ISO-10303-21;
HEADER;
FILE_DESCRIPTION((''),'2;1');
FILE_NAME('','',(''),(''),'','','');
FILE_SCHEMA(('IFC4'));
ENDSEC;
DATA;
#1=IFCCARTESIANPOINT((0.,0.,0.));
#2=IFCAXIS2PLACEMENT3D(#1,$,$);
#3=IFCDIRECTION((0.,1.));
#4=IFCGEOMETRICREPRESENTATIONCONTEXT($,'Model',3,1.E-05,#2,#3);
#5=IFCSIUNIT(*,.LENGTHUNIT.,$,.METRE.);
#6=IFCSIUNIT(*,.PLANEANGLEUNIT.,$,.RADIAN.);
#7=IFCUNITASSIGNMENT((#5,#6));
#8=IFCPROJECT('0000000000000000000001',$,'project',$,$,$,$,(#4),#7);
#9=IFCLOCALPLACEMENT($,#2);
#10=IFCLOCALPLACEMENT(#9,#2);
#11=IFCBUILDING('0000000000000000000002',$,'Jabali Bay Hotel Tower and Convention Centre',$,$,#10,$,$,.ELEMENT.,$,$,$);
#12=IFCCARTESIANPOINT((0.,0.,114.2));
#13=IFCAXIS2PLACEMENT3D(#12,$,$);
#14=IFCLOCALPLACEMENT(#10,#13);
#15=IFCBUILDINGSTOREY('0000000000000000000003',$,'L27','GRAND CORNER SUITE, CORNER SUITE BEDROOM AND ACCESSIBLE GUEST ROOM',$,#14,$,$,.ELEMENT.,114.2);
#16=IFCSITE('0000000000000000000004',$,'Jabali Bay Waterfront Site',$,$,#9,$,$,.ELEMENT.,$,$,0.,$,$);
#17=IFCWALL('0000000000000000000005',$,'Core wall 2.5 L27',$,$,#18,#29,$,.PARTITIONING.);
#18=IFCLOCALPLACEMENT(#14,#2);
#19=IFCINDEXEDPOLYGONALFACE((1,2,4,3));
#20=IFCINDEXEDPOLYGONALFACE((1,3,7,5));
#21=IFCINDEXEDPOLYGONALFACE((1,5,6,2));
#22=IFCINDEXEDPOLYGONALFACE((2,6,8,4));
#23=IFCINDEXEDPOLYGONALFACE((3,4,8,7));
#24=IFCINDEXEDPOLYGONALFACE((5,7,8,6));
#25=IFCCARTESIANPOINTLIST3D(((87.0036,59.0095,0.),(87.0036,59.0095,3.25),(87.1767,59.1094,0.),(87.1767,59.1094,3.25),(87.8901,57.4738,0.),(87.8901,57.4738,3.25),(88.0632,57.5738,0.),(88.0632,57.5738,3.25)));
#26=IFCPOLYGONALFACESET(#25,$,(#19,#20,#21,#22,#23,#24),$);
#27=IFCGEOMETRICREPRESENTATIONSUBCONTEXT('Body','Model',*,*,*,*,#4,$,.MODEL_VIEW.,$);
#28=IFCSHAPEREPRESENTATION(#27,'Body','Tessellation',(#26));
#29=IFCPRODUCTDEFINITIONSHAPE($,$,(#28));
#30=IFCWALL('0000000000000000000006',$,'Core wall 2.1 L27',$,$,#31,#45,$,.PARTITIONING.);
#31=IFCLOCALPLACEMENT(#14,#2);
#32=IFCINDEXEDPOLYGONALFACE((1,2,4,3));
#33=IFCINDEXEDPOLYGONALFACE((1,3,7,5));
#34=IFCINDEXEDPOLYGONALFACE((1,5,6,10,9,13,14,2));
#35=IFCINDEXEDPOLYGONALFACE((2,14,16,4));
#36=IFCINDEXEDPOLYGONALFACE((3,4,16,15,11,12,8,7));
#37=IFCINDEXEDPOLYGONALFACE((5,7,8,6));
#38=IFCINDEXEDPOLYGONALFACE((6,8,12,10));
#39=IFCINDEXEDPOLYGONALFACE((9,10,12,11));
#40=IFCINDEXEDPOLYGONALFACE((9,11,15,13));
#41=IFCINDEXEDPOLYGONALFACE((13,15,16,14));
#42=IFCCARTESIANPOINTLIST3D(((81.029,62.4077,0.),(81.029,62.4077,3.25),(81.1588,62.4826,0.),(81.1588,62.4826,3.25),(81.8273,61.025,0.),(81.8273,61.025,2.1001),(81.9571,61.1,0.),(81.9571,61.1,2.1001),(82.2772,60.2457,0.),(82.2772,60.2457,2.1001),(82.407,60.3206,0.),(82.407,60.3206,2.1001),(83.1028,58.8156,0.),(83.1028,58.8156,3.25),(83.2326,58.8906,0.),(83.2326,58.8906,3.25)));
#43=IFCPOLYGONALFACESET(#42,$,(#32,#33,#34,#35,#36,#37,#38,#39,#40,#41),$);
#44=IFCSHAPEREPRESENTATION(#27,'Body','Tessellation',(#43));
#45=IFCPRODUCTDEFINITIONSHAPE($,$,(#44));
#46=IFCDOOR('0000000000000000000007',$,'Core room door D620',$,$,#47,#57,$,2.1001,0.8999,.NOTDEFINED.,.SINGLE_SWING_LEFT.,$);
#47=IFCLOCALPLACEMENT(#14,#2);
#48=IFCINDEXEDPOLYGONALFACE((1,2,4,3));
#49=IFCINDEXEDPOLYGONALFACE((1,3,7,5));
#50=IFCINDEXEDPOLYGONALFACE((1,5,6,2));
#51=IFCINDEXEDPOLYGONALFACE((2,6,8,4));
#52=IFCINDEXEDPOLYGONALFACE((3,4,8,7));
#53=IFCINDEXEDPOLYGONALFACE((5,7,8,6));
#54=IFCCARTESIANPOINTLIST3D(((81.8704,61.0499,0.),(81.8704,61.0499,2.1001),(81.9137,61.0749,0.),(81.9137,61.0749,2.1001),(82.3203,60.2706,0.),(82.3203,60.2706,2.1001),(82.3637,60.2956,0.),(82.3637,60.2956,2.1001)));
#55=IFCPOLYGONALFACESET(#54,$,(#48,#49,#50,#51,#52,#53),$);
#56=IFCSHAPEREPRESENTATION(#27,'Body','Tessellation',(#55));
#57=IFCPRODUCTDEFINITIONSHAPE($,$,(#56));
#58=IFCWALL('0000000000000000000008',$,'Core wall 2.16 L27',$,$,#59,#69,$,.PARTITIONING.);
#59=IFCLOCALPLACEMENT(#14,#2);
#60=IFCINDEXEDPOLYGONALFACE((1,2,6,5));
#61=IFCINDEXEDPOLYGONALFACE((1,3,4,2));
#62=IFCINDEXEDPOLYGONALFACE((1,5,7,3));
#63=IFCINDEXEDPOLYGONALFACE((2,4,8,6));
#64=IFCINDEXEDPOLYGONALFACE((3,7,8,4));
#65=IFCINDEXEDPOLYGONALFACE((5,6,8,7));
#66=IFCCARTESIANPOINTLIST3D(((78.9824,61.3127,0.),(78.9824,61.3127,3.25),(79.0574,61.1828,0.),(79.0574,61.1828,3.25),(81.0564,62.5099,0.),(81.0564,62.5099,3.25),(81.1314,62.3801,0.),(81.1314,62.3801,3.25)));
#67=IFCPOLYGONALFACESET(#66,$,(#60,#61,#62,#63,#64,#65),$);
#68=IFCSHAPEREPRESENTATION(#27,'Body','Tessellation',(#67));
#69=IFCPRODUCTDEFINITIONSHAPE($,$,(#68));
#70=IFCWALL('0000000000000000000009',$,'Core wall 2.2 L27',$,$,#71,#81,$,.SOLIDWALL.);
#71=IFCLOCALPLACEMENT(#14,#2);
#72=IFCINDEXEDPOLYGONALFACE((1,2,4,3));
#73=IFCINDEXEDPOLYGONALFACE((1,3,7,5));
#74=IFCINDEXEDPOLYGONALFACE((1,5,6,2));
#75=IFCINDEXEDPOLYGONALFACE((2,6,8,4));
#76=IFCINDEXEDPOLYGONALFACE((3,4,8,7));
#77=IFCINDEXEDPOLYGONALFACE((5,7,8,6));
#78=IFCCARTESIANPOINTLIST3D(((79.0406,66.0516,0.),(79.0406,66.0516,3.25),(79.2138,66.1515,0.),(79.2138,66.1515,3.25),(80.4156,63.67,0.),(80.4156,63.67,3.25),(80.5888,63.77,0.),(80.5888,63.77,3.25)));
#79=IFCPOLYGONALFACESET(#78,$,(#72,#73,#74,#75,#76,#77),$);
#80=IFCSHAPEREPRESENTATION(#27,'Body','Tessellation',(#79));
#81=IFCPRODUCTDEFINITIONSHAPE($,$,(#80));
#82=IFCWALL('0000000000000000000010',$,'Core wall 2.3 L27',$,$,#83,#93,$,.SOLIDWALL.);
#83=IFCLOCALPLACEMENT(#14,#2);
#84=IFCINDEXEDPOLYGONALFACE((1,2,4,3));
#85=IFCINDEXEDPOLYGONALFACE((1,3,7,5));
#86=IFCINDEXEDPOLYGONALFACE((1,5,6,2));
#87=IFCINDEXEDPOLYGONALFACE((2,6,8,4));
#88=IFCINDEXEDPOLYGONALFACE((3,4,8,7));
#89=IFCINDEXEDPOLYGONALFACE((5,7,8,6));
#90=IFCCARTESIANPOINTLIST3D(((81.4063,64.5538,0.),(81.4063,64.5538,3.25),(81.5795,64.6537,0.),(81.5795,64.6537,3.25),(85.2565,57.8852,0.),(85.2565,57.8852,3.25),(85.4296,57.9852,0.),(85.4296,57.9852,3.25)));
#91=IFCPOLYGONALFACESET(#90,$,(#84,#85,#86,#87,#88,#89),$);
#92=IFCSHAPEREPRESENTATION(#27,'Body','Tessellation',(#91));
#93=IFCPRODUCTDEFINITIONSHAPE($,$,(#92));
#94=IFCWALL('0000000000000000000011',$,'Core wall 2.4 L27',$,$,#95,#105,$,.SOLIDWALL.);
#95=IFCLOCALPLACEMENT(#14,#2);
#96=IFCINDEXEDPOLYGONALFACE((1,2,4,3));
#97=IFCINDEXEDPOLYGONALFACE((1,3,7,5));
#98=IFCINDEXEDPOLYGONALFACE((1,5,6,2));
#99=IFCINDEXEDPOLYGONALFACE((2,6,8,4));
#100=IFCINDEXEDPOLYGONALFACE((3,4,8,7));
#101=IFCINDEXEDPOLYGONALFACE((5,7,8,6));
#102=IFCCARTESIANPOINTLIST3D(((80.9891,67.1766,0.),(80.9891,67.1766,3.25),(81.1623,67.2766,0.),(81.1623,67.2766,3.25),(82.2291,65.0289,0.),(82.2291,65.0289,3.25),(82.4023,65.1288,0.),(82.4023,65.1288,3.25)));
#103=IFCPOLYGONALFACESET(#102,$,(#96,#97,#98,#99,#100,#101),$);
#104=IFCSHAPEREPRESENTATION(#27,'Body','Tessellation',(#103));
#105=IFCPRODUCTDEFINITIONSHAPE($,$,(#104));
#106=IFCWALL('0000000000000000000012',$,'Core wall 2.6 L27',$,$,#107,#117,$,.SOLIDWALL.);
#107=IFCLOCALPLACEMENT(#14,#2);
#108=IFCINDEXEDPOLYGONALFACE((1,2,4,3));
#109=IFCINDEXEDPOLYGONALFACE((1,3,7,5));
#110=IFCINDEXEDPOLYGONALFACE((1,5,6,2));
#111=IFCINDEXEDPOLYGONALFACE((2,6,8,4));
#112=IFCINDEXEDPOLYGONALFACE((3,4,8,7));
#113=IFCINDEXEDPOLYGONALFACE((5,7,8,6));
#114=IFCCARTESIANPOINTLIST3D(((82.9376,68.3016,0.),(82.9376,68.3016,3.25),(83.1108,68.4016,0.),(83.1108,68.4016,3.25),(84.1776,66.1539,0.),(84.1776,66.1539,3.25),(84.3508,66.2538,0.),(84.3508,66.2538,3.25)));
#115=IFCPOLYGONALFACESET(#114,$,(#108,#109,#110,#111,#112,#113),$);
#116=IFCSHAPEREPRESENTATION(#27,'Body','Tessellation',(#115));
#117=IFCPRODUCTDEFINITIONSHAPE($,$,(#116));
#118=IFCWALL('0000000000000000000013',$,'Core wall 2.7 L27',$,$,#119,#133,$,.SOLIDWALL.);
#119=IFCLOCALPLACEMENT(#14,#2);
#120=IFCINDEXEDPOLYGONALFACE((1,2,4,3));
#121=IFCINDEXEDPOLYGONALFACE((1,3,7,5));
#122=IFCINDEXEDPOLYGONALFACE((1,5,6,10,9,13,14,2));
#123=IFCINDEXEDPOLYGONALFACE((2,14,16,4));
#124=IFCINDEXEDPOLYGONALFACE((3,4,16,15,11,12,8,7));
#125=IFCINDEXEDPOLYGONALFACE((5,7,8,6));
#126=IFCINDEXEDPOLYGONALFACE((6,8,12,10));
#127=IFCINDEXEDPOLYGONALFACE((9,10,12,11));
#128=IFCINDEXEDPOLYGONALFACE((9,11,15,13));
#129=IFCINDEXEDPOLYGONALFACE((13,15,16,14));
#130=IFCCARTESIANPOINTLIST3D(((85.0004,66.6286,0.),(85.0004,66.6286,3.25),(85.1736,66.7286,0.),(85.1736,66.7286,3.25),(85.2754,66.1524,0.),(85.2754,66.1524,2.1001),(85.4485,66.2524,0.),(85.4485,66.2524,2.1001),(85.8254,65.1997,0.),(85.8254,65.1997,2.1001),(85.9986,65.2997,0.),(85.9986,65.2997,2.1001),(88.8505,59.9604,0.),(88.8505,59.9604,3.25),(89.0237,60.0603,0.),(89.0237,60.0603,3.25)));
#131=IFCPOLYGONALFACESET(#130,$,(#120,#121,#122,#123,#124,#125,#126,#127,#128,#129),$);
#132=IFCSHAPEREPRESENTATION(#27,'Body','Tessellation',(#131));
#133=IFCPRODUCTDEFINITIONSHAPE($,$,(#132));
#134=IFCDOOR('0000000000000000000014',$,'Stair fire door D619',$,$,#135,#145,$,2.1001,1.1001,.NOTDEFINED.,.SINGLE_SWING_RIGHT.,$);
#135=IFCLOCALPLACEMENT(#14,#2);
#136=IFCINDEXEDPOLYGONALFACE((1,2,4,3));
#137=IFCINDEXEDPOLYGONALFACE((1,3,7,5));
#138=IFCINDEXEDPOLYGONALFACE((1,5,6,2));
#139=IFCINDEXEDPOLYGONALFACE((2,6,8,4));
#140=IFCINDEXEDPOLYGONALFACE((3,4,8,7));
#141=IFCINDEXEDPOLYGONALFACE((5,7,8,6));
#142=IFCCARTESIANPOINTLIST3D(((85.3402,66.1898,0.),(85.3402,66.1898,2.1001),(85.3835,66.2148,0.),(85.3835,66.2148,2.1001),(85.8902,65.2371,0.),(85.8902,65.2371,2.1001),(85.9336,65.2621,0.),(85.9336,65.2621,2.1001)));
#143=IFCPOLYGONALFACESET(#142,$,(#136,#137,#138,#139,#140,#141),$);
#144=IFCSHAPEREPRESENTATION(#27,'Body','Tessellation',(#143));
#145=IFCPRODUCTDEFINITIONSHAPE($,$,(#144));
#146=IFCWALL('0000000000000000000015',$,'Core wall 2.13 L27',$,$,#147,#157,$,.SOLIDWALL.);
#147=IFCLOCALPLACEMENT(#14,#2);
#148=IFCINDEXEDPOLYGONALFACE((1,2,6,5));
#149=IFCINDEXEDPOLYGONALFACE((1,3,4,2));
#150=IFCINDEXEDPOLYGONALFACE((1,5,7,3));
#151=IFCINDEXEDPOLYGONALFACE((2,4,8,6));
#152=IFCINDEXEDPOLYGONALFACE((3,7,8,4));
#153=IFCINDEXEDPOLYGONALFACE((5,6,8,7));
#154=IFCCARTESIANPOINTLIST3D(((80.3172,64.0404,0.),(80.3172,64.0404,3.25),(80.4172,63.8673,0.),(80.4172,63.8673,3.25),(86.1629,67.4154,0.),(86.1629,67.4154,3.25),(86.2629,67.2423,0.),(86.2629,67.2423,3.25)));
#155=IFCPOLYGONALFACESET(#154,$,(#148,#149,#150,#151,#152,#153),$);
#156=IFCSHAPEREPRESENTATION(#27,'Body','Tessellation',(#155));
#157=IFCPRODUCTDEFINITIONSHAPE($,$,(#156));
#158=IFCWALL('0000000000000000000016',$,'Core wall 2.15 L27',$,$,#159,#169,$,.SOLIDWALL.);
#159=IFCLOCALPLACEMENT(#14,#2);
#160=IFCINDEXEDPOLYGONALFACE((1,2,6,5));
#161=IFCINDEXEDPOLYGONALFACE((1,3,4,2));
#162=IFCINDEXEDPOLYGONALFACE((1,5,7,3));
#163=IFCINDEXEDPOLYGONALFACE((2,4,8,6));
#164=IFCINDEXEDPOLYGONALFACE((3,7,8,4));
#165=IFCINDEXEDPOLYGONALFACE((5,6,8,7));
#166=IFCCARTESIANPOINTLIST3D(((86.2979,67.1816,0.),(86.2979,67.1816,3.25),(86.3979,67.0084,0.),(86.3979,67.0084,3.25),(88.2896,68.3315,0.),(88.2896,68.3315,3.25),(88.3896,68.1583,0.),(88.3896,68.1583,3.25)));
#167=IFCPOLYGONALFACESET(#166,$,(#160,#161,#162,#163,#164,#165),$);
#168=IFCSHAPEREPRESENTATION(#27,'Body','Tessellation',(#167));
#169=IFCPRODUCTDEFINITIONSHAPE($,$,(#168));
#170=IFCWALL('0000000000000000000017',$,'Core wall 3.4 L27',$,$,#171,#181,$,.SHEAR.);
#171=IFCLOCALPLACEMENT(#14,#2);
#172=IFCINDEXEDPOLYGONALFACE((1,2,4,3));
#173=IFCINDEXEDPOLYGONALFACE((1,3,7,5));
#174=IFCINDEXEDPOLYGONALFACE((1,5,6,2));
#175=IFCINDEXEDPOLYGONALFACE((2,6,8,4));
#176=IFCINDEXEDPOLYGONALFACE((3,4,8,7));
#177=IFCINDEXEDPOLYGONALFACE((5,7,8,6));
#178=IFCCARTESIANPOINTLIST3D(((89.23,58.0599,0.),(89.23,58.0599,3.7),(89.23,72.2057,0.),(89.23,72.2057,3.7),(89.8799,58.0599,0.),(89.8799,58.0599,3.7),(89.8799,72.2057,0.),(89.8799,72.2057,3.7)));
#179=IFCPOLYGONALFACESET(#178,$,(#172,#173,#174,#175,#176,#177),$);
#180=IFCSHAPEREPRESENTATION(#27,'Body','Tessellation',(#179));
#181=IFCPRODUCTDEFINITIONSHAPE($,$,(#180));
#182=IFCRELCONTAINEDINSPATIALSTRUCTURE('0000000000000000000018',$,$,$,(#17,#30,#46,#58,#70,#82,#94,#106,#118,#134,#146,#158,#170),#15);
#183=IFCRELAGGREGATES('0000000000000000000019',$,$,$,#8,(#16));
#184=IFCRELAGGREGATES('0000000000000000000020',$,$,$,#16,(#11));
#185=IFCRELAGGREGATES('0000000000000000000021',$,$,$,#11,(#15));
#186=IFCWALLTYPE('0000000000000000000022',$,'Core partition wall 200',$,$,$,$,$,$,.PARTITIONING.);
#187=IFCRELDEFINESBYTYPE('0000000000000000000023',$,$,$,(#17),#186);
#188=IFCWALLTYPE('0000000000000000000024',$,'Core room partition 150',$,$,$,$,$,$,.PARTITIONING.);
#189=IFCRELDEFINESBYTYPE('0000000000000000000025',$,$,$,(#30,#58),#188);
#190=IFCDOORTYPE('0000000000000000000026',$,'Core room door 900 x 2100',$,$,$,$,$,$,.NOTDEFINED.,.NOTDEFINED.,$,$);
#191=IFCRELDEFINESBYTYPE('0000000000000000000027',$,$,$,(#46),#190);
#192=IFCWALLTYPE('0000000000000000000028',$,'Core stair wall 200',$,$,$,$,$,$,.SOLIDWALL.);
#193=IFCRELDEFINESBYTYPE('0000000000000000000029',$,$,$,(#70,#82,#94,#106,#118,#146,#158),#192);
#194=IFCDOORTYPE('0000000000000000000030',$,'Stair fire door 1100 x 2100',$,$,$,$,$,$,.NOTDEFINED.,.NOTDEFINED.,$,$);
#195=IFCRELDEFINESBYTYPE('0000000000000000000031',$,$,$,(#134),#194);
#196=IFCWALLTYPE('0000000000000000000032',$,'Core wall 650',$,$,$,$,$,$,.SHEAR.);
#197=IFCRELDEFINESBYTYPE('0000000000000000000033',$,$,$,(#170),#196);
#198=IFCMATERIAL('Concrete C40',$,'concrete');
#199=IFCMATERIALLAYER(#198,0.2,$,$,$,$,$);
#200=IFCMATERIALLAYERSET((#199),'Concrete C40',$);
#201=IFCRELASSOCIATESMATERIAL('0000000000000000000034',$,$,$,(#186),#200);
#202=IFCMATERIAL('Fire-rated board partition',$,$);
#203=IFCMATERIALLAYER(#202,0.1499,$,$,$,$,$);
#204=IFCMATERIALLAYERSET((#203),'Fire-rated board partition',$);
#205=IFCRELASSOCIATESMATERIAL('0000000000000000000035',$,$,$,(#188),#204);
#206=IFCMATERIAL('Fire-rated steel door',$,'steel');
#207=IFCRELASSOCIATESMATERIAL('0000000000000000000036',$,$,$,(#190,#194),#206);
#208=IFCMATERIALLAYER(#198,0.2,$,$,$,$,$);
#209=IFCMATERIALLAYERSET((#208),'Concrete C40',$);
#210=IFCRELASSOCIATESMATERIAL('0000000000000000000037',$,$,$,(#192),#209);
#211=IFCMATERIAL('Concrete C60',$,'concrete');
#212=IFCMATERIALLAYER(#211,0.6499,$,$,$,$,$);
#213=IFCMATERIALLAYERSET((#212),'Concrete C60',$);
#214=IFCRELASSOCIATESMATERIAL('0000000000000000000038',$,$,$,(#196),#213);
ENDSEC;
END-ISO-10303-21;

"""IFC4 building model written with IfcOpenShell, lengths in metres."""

from ifc_helpers import new_model, si_unit, direction, frame, frame_2d, origin, place, context, subcontext, project, spatial, rectangle, extrude, material, layer, layer_set, type_object, element, fill, save


model = new_model("IFC4")

# Units and contexts
model_context = context("Model", 3, precision=1e-05, world=origin(), true_north=direction((0.0, 1.0)))
body_context = subcontext(model_context, "Body", "Model", "MODEL_VIEW")
ifc_project = project(units=[si_unit("LENGTHUNIT", "METRE"), si_unit("PLANEANGLEUNIT", "RADIAN")], contexts=[model_context])

# Site, building, storey
site_placement = place(None, origin())
site = spatial("IfcSite", under=ifc_project, at=site_placement, Name="Jabali Bay Waterfront Site", CompositionType="ELEMENT", RefElevation=0.0)
building_placement = place(site_placement, origin())
building = spatial("IfcBuilding", under=site, at=building_placement, Name="Jabali Bay Hotel Tower and Convention Centre", CompositionType="ELEMENT")
storey_placement = place(building_placement, frame((0.0, 0.0, 114.2)))
storey = spatial("IfcBuildingStorey", under=building, at=storey_placement, Name="L27", Description="GRAND CORNER SUITE, CORNER SUITE BEDROOM AND ACCESSIBLE GUEST ROOM", CompositionType="ELEMENT", Elevation=114.2)

# Wall
ifc_material_1 = material(Name="Concrete C40", Category="concrete")
ifc_layer_1 = layer(ifc_material_1, 0.2)
ifc_layer_set_1 = layer_set([ifc_layer_1], Name="Concrete C40")
wall_type_1 = type_object("IfcWallType", Name="Core partition wall 200", PredefinedType="PARTITIONING", material=ifc_layer_set_1)
wall_1_placement = place(storey_placement, frame((87.0901, 59.0596, 0.0), z_axis=(0.0, 0.0, 1.0), x_axis=(0.499945, -0.866057, 0.0)))
element("IfcWall", 1, at=wall_1_placement, inside=storey, type_object=wall_type_1, Name="Core wall 2.5 L27", PredefinedType="PARTITIONING", context=body_context, shape_type="SweptSolid", body=[
    extrude(rectangle(XDim=1.7732, YDim=0.2, at=frame_2d((0.8867, 0.0))), origin(), (0.0, 0.0, 1.0), 3.25),
])

# Wall, opening, door
ifc_material_2 = material(Name="Fire-rated board partition")
ifc_layer_2 = layer(ifc_material_2, 0.1499)
ifc_layer_set_2 = layer_set([ifc_layer_2], Name="Fire-rated board partition")
wall_type_2 = type_object("IfcWallType", Name="Core room partition 150", PredefinedType="PARTITIONING", material=ifc_layer_set_2)
wall_2_placement = place(storey_placement, frame((81.094, 62.4451, 0.0), z_axis=(0.0, 0.0, 1.0), x_axis=(0.499976, -0.86604, 0.0)))
wall_2 = element("IfcWall", 2, at=wall_2_placement, inside=storey, type_object=wall_type_2, Name="Core wall 2.1 L27", PredefinedType="PARTITIONING", context=body_context, shape_type="SweptSolid", body=[
    extrude(rectangle(XDim=4.1477, YDim=0.1499, at=frame_2d((2.0737, 0.0))), origin(), (0.0, 0.0, 1.0), 3.25),
])
opening_1_placement = place(wall_2_placement, frame((1.5964, 0.0, 0.0)))
opening_1 = element("IfcOpeningElement", 3, at=opening_1_placement, cuts=wall_2, PredefinedType="OPENING", context=body_context, shape_type="SweptSolid", body=[
    extrude(rectangle(XDim=0.8999, YDim=2.1001, at=frame_2d((0.45, 1.05))), frame((0.0, 0.0854, 0.0), z_axis=(0.0, -1.0, 0.0), x_axis=(1.0, 0.0, 0.0)), (0.0, 0.0, 1.0), 0.1709),
])
ifc_material_3 = material(Name="Fire-rated steel door", Category="steel")
door_type_1 = type_object("IfcDoorType", Name="Core room door 900 x 2100", OperationType="NOTDEFINED", PredefinedType="NOTDEFINED", material=ifc_material_3)
door_1_placement = place(opening_1_placement, origin())
door_1 = element("IfcDoor", 4, at=door_1_placement, inside=storey, type_object=door_type_1, Name="Core room door D620", OperationType="SINGLE_SWING_LEFT", OverallHeight=2.1001, OverallWidth=0.8999, PredefinedType="NOTDEFINED", context=body_context, shape_type="SweptSolid", body=[
    extrude(rectangle(XDim=0.8999, YDim=2.1001, at=frame_2d((0.45, 1.05))), frame((0.0, 0.0249, 0.0), z_axis=(0.0, -1.0, 0.0), x_axis=(1.0, 0.0, 0.0)), (0.0, 0.0, 1.0), 0.05),
])
fill(opening_1, door_1)

# Walls
wall_3_placement = place(storey_placement, frame((79.02, 61.2478, 0.0), z_axis=(0.0, 0.0, 1.0), x_axis=(0.866051, 0.499955, 0.0)))
element("IfcWall", 5, at=wall_3_placement, inside=storey, type_object=wall_type_2, Name="Core wall 2.16 L27", PredefinedType="PARTITIONING", context=body_context, shape_type="SweptSolid", body=[
    extrude(rectangle(XDim=2.3948, YDim=0.1499, at=frame_2d((1.1973, 0.0))), origin(), (0.0, 0.0, 1.0), 3.25),
])
ifc_layer_3 = layer(ifc_material_1, 0.2)
ifc_layer_set_3 = layer_set([ifc_layer_3], Name="Concrete C40")
wall_type_3 = type_object("IfcWallType", Name="Core stair wall 200", PredefinedType="SOLIDWALL", material=ifc_layer_set_3)
wall_4_placement = place(storey_placement, frame((79.1272, 66.1016, 0.0), z_axis=(0.0, 0.0, 1.0), x_axis=(0.499997, -0.866027, 0.0)))
element("IfcWall", 6, at=wall_4_placement, inside=storey, type_object=wall_type_3, Name="Core wall 2.2 L27", PredefinedType="SOLIDWALL", context=body_context, shape_type="SweptSolid", body=[
    extrude(rectangle(XDim=2.75, YDim=0.2, at=frame_2d((1.375, 0.0))), origin(), (0.0, 0.0, 1.0), 3.25),
])
wall_5_placement = place(storey_placement, frame((81.4929, 64.6038, 0.0), z_axis=(0.0, 0.0, 1.0), x_axis=(0.500006, -0.866022, 0.0)))
element("IfcWall", 7, at=wall_5_placement, inside=storey, type_object=wall_type_3, Name="Core wall 2.3 L27", PredefinedType="SOLIDWALL", context=body_context, shape_type="SweptSolid", body=[
    extrude(rectangle(XDim=7.7002, YDim=0.2, at=frame_2d((3.8501, 0.0))), origin(), (0.0, 0.0, 1.0), 3.25),
])
for number, where, z_axis, x_axis, name in (
    (8, (81.0757, 67.2266, 0.0), (0.0, 0.0, 1.0), (0.500004, -0.866023, 0.0), "Core wall 2.4 L27"),
    (9, (83.0242, 68.3516, 0.0), (0.0, 0.0, 1.0), (0.500004, -0.866023, 0.0), "Core wall 2.6 L27"),
):
    element("IfcWall", number, at=place(storey_placement, frame(where, z_axis=z_axis, x_axis=x_axis)), inside=storey, type_object=wall_type_3, Name=name, PredefinedType="SOLIDWALL", context=body_context, shape_type="SweptSolid", body=[
        extrude(rectangle(XDim=2.48, YDim=0.2, at=frame_2d((1.24, 0.0))), origin(), (0.0, 0.0, 1.0), 3.25),
    ])

# Wall, opening, door
wall_6_placement = place(storey_placement, frame((85.0869, 66.6787, 0.0), z_axis=(0.0, 0.0, 1.0), x_axis=(0.50002, -0.866014, 0.0)))
wall_6 = element("IfcWall", 10, at=wall_6_placement, inside=storey, type_object=wall_type_3, Name="Core wall 2.7 L27", PredefinedType="SOLIDWALL", context=body_context, shape_type="SweptSolid", body=[
    extrude(rectangle(XDim=7.7, YDim=0.2, at=frame_2d((3.8501, 0.0))), origin(), (0.0, 0.0, 1.0), 3.25),
])
opening_2_placement = place(wall_6_placement, frame((0.55, 0.0, 0.0)))
opening_2 = element("IfcOpeningElement", 11, at=opening_2_placement, cuts=wall_6, PredefinedType="OPENING", context=body_context, shape_type="SweptSolid", body=[
    extrude(rectangle(XDim=1.1001, YDim=2.1001, at=frame_2d((0.55, 1.05))), frame((0.0, 0.1104, 0.0), z_axis=(0.0, -1.0, 0.0), x_axis=(1.0, 0.0, 0.0)), (0.0, 0.0, 1.0), 0.2209),
])
door_type_2 = type_object("IfcDoorType", Name="Stair fire door 1100 x 2100", OperationType="NOTDEFINED", PredefinedType="NOTDEFINED", material=ifc_material_3)
door_2_placement = place(opening_2_placement, origin())
door_2 = element("IfcDoor", 12, at=door_2_placement, inside=storey, type_object=door_type_2, Name="Stair fire door D619", OperationType="SINGLE_SWING_RIGHT", OverallHeight=2.1001, OverallWidth=1.1001, PredefinedType="NOTDEFINED", context=body_context, shape_type="SweptSolid", body=[
    extrude(rectangle(XDim=1.1001, YDim=2.1001, at=frame_2d((0.55, 1.05))), frame((0.0, 0.0249, 0.0), z_axis=(0.0, -1.0, 0.0), x_axis=(1.0, 0.0, 0.0)), (0.0, 0.0, 1.0), 0.05),
])
fill(opening_2, door_2)

# Walls
wall_7_placement = place(storey_placement, frame((80.3672, 63.9539, 0.0), z_axis=(0.0, 0.0, 1.0), x_axis=(0.866027, 0.499998, 0.0)))
element("IfcWall", 13, at=wall_7_placement, inside=storey, type_object=wall_type_3, Name="Core wall 2.13 L27", PredefinedType="SOLIDWALL", context=body_context, shape_type="SweptSolid", body=[
    extrude(rectangle(XDim=6.75, YDim=0.2, at=frame_2d((3.375, 0.0))), origin(), (0.0, 0.0, 1.0), 3.25),
])
wall_8_placement = place(storey_placement, frame((86.3479, 67.095, 0.0), z_axis=(0.0, 0.0, 1.0), x_axis=(0.866026, 0.499998, 0.0)))
element("IfcWall", 14, at=wall_8_placement, inside=storey, type_object=wall_type_3, Name="Core wall 2.15 L27", PredefinedType="SOLIDWALL", context=body_context, shape_type="SweptSolid", body=[
    extrude(rectangle(XDim=2.2998, YDim=0.2, at=frame_2d((1.1499, 0.0))), origin(), (0.0, 0.0, 1.0), 3.25),
])
ifc_material_4 = material(Name="Concrete C60", Category="concrete")
ifc_layer_4 = layer(ifc_material_4, 0.6499)
ifc_layer_set_4 = layer_set([ifc_layer_4], Name="Concrete C60")
wall_type_4 = type_object("IfcWallType", Name="Core wall 650", PredefinedType="SHEAR", material=ifc_layer_set_4)
wall_9_placement = place(storey_placement, frame((89.5549, 58.0601, 0.0), z_axis=(0.0, 0.0, 1.0), x_axis=(0.0, 1.0, 0.0)))
element("IfcWall", 15, at=wall_9_placement, inside=storey, type_object=wall_type_4, Name="Core wall 3.4 L27", PredefinedType="SHEAR", context=body_context, shape_type="SweptSolid", body=[
    extrude(rectangle(XDim=14.1458, YDim=0.6499, at=frame_2d((7.0728, 0.0))), origin(), (0.0, 0.0, 1.0), 3.7),
])

save(model, "model.ifc")
